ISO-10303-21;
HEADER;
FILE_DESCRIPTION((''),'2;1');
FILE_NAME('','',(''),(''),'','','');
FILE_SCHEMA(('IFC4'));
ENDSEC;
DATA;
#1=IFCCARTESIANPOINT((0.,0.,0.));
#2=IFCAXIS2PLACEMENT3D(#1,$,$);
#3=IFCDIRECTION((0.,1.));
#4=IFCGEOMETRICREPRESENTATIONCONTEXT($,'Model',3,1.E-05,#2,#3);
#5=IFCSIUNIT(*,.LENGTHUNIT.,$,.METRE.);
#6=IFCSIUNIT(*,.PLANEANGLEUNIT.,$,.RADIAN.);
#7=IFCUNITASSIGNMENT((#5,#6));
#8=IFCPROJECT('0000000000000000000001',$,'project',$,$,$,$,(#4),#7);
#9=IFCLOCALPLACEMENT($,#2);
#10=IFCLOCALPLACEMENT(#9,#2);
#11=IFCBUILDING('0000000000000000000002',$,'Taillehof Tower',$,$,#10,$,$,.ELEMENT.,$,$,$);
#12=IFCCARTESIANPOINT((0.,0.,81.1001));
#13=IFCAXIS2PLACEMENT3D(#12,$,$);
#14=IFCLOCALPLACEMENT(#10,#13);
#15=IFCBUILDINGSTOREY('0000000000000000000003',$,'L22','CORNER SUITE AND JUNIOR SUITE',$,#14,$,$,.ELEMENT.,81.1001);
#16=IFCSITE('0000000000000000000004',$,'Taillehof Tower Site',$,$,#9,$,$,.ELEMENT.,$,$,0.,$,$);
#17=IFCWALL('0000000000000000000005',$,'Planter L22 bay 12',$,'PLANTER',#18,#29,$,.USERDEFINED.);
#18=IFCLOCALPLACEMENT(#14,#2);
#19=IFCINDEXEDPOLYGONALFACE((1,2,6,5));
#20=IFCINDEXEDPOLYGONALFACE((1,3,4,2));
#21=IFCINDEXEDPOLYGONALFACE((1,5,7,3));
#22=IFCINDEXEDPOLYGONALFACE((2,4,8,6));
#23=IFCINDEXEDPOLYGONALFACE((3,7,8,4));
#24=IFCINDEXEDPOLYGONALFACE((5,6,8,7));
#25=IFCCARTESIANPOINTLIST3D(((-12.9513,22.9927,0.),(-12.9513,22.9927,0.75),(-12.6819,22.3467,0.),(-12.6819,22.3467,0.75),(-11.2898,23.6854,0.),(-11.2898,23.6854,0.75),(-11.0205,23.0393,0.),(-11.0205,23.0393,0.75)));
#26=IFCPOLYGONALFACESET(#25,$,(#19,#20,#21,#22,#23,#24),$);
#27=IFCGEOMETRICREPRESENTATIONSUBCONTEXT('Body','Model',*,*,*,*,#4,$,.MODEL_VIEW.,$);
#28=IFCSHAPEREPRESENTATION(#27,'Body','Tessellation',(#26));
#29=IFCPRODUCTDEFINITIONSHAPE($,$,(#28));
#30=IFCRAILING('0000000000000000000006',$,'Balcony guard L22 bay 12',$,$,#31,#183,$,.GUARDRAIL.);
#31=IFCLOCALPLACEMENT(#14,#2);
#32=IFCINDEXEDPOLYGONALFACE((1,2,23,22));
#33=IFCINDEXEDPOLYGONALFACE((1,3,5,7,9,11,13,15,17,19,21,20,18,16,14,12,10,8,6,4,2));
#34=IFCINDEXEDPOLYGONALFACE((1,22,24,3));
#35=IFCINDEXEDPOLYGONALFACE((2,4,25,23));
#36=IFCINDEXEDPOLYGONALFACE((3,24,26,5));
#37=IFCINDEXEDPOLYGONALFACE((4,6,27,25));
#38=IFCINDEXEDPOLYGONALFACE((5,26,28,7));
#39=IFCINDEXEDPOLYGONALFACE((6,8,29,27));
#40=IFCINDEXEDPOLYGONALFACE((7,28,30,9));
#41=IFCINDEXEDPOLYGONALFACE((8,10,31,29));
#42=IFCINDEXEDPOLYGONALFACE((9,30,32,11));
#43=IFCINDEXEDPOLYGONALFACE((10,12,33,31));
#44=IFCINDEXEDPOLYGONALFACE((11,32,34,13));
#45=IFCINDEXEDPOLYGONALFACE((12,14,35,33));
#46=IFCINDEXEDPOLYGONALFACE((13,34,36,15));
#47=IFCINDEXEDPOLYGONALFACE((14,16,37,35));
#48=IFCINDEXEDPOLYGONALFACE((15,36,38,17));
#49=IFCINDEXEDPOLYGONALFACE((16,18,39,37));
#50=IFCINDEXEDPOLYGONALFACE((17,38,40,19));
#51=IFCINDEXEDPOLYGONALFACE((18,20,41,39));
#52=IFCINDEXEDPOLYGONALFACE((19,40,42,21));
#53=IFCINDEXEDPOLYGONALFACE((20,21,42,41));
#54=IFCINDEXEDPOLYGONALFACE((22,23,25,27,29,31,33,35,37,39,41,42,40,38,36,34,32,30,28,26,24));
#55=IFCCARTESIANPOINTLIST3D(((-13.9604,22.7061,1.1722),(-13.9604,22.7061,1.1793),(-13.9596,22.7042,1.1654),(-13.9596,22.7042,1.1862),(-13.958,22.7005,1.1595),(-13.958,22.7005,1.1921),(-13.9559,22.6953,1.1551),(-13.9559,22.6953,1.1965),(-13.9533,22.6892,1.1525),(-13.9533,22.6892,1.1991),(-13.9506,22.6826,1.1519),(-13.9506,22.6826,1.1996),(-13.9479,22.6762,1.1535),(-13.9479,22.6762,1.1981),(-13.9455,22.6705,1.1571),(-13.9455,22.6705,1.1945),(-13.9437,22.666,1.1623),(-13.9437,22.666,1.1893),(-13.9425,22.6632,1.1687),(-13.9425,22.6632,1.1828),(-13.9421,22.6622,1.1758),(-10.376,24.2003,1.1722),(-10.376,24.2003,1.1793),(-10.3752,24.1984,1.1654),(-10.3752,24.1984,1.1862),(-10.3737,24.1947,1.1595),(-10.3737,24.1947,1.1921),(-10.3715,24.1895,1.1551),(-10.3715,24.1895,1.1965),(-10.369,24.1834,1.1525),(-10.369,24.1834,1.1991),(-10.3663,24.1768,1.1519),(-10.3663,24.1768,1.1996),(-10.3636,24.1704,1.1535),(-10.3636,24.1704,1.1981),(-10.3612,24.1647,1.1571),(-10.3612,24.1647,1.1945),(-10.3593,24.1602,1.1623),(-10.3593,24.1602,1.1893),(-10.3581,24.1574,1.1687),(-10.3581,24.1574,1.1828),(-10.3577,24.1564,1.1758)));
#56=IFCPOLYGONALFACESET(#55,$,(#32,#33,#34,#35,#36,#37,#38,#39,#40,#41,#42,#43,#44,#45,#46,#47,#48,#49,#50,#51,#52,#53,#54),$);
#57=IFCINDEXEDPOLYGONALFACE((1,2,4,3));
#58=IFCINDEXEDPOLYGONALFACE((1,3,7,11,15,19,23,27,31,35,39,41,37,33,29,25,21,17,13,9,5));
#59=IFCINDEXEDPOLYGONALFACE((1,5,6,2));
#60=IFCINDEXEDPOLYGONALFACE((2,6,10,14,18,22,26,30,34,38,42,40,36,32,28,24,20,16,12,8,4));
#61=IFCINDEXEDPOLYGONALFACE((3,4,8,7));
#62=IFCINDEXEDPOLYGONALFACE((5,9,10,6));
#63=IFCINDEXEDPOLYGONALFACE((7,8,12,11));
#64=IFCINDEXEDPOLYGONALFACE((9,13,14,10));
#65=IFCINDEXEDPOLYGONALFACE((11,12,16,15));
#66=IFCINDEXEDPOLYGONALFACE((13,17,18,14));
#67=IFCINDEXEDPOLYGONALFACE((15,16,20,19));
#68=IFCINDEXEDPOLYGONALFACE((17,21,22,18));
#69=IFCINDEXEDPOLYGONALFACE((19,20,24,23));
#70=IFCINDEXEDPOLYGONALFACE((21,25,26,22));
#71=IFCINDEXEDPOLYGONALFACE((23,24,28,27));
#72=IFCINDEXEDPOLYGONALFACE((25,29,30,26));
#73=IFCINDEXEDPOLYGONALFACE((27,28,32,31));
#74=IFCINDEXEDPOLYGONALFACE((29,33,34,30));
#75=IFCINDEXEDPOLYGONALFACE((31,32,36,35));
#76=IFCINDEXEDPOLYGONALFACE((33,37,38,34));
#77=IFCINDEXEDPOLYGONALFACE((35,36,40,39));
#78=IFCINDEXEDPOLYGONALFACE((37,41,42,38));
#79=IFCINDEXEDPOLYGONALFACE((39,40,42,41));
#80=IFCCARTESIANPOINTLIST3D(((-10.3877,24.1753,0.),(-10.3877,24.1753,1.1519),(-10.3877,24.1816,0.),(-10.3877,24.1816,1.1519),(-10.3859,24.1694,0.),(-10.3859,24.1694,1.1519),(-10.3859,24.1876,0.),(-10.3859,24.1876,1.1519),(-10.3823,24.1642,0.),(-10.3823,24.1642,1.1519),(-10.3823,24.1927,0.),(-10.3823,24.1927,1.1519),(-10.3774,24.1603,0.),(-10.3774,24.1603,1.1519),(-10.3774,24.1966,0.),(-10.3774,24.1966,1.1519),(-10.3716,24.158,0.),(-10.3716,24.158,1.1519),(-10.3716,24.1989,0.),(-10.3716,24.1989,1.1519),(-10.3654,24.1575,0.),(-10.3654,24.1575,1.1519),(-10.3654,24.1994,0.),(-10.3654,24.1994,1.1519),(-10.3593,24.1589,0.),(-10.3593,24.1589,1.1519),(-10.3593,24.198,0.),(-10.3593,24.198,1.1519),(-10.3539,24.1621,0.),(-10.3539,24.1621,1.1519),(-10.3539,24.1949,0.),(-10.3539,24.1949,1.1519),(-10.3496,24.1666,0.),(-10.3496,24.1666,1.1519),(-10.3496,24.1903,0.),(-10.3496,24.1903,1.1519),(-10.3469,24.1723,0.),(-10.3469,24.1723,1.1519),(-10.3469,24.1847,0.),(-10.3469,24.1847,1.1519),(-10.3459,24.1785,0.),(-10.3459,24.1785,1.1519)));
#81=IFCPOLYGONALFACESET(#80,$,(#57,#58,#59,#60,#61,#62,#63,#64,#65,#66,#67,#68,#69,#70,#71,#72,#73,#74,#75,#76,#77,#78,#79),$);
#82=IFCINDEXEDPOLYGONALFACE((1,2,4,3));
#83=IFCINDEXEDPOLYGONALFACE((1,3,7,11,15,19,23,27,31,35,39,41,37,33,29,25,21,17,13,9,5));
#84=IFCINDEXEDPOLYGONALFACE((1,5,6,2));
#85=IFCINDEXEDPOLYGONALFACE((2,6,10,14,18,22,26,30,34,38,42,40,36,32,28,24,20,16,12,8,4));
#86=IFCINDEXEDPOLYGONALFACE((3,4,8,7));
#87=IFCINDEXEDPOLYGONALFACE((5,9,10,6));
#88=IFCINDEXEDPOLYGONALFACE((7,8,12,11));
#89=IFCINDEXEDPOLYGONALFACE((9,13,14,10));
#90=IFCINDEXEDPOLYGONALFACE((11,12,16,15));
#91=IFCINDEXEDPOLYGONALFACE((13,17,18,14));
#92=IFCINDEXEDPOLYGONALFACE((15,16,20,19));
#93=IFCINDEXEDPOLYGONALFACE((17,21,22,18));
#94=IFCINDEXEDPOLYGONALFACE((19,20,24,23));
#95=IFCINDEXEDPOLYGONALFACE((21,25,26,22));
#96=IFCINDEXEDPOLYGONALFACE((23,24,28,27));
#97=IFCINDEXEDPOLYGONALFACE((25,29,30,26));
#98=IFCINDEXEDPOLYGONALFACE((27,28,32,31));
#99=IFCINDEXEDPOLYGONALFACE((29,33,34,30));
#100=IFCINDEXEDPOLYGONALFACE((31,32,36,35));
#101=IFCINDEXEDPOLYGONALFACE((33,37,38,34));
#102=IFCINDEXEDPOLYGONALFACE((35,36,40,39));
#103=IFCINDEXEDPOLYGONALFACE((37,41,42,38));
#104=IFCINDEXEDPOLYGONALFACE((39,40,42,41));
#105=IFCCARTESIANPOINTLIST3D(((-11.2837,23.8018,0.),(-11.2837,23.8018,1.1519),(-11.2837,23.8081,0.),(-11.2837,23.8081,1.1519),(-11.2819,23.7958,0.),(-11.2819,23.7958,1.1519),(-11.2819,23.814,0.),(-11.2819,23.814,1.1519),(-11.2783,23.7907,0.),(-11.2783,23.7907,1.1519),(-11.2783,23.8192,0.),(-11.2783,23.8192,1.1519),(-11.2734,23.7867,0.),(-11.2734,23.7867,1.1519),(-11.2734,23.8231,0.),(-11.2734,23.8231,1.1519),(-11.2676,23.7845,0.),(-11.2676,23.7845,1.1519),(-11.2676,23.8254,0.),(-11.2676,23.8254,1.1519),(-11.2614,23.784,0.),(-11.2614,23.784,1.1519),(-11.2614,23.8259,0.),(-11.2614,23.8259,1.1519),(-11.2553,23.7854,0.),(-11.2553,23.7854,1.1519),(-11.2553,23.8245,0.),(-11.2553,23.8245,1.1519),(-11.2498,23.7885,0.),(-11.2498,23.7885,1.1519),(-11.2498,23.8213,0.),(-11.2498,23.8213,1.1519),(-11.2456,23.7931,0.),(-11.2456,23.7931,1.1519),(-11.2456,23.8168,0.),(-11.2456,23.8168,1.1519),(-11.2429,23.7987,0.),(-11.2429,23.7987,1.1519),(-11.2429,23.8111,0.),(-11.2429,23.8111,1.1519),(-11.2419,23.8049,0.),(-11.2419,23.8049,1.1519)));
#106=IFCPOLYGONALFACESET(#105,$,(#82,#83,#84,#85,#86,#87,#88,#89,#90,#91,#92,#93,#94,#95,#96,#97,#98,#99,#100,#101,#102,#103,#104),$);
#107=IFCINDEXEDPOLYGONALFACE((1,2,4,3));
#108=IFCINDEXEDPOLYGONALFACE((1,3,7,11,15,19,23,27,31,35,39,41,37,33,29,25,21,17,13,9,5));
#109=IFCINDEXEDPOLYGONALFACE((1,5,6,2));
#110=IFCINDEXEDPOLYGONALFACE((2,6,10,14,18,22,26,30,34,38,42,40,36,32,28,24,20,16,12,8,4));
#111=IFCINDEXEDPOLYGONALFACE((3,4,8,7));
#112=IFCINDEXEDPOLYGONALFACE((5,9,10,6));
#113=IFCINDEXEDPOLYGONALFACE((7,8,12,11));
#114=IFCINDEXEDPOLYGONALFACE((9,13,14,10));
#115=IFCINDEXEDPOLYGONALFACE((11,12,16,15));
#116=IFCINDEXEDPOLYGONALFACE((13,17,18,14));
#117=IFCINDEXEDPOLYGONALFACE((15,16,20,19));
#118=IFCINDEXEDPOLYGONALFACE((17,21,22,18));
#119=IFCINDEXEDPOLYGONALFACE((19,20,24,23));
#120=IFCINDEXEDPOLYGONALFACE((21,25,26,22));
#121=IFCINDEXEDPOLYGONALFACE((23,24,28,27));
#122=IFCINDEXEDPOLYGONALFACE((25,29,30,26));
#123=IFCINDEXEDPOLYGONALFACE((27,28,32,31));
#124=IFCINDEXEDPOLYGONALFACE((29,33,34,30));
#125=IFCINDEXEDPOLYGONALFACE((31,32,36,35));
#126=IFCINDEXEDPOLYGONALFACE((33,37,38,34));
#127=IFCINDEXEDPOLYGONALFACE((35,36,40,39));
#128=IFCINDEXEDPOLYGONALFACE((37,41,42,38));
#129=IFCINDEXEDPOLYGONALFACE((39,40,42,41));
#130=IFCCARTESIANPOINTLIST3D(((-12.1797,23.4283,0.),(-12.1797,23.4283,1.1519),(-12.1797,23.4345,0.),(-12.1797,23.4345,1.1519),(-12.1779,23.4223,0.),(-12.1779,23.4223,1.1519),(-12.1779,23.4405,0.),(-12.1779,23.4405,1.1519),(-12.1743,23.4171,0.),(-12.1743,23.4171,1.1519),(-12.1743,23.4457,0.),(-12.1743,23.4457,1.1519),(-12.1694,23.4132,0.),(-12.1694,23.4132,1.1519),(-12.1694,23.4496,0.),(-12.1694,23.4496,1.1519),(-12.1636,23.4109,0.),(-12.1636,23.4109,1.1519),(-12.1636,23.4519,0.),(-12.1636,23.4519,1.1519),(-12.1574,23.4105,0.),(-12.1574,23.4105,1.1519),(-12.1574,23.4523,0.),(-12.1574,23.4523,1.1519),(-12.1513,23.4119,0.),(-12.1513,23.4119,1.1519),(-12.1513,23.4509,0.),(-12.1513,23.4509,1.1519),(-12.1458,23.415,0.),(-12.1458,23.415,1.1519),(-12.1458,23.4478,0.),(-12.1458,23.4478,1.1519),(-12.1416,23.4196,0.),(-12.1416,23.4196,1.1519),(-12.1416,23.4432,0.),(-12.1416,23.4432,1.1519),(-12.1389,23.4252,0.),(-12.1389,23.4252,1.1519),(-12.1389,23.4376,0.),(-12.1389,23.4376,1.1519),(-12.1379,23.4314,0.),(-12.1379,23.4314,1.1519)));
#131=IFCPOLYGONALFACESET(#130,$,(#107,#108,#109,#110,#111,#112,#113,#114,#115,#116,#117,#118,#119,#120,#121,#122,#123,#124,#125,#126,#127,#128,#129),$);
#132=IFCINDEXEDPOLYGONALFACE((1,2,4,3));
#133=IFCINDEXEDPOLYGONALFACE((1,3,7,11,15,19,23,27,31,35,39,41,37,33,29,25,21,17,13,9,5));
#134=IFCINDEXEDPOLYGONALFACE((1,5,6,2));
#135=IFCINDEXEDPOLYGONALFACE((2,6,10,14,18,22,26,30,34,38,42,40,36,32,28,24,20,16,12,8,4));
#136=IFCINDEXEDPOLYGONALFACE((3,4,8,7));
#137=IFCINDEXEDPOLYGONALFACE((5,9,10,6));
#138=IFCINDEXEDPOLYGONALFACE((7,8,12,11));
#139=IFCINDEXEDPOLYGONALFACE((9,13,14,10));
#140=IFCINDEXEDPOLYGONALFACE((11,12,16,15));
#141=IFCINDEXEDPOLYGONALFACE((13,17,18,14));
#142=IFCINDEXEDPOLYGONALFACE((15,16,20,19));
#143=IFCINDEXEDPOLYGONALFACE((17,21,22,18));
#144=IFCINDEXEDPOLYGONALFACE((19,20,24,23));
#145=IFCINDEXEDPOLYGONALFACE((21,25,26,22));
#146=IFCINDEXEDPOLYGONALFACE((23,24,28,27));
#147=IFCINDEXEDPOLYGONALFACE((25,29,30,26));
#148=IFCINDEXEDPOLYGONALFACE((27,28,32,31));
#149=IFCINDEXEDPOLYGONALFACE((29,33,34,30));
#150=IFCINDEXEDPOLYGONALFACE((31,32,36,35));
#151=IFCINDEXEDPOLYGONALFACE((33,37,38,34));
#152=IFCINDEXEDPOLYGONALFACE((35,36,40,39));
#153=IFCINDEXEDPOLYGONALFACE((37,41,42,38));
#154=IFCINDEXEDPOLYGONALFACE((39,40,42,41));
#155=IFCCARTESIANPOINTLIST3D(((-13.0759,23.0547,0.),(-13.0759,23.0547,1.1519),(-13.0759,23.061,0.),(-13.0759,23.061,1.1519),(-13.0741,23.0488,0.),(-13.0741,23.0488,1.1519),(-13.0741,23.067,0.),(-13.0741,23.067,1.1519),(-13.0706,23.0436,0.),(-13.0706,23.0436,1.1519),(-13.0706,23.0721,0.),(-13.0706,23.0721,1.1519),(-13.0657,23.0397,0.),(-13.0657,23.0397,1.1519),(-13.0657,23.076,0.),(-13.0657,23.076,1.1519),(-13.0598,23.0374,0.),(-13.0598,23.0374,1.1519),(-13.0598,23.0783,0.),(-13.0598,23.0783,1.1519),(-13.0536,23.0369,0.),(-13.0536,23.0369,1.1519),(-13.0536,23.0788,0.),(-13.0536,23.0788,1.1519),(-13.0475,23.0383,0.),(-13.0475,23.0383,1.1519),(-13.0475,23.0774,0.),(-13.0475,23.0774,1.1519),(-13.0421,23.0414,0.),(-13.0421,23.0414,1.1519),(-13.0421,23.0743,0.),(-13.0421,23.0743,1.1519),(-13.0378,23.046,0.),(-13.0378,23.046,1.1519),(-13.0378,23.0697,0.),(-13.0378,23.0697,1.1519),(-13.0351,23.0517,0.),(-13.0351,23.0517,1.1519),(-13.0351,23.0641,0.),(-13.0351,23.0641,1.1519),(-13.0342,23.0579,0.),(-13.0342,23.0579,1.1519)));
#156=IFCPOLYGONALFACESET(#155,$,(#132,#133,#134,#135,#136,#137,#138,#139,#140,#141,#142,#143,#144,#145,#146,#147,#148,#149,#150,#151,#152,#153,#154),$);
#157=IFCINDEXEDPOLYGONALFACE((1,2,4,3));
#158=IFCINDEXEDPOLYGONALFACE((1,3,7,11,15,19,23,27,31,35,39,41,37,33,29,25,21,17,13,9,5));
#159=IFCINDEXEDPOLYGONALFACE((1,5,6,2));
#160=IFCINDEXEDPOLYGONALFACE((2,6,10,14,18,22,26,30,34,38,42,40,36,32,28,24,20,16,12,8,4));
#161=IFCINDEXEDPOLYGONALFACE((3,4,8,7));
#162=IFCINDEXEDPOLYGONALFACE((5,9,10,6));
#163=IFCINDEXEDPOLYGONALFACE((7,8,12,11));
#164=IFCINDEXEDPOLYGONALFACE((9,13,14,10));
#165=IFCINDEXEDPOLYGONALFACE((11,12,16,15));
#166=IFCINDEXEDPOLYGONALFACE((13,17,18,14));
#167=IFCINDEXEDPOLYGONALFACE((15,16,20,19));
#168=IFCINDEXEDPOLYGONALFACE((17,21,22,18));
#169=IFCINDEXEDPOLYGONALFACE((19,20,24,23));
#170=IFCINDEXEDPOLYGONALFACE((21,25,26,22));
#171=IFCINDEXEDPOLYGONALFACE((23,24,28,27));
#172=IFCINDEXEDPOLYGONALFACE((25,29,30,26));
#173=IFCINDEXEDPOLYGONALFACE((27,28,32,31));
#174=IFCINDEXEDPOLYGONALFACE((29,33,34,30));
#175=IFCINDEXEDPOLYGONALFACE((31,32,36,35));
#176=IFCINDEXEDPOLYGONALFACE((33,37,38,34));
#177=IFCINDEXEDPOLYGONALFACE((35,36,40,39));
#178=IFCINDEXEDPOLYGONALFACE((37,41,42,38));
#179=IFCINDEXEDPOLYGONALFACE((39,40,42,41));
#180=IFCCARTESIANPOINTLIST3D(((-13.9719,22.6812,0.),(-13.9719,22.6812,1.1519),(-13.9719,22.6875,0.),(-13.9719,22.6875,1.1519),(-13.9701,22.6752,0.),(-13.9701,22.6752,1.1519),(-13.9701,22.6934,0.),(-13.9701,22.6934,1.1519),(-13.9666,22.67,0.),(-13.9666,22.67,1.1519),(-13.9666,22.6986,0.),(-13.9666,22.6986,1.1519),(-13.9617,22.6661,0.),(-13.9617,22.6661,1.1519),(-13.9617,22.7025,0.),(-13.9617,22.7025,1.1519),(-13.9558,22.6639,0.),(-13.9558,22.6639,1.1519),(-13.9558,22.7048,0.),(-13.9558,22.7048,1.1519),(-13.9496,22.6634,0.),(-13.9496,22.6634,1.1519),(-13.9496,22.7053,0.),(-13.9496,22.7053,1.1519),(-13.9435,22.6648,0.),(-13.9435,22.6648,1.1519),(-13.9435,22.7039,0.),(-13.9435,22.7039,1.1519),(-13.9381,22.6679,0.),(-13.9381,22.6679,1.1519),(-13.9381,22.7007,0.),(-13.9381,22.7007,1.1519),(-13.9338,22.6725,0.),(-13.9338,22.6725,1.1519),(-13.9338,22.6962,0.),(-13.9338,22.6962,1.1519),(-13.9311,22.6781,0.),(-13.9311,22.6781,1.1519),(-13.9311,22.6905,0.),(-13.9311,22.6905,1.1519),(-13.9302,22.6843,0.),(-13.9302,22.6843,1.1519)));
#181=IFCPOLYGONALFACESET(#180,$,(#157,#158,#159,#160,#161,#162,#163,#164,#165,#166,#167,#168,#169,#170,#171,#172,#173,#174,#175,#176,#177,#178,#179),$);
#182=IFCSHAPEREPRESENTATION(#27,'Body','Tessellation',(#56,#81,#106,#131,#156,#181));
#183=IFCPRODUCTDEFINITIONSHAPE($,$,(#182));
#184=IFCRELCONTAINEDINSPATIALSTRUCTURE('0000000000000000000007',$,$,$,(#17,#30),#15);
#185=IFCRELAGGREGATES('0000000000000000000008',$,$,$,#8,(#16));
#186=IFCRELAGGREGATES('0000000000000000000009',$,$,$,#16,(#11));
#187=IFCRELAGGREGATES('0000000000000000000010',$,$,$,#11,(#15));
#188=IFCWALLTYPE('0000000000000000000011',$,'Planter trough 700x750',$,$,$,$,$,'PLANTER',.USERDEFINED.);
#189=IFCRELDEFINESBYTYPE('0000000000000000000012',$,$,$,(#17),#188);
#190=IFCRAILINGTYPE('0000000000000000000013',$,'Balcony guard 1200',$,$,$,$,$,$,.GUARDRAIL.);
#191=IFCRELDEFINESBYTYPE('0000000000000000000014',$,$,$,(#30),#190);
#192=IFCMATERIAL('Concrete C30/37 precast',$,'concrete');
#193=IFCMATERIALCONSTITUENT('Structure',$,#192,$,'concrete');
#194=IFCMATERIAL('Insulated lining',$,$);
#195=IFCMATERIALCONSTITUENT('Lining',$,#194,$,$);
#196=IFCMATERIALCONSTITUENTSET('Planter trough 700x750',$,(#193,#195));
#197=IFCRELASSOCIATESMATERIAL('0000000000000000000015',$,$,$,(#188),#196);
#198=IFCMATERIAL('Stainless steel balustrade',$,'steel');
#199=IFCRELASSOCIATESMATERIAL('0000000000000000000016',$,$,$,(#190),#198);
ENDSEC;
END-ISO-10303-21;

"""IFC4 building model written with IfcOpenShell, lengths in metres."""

from ifc_helpers import new_model, si_unit, direction, frame, frame_2d, origin, origin_2d, place, context, subcontext, project, spatial, rectangle, circle, extrude, material, constituent, constituent_set, type_object, element, save


model = new_model("IFC4")

# Units and contexts
model_context = context("Model", 3, precision=1e-05, world=origin(), true_north=direction((0.0, 1.0)))
body_context = subcontext(model_context, "Body", "Model", "MODEL_VIEW")
ifc_project = project(units=[si_unit("LENGTHUNIT", "METRE"), si_unit("PLANEANGLEUNIT", "RADIAN")], contexts=[model_context])

# Site, building, storey
site_placement = place(None, origin())
site = spatial("IfcSite", under=ifc_project, at=site_placement, Name="Taillehof Tower Site", CompositionType="ELEMENT", RefElevation=0.0)
building_placement = place(site_placement, origin())
building = spatial("IfcBuilding", under=site, at=building_placement, Name="Taillehof Tower", CompositionType="ELEMENT")
storey_placement = place(building_placement, frame((0.0, 0.0, 81.1001)))
storey = spatial("IfcBuildingStorey", under=building, at=storey_placement, Name="L22", Description="CORNER SUITE AND JUNIOR SUITE", CompositionType="ELEMENT", Elevation=81.1001)

# Wall
ifc_material_1 = material(Name="Concrete C30/37 precast", Category="concrete")
ifc_constituent_1 = constituent(ifc_material_1, Name="Structure", Category="concrete")
ifc_material_2 = material(Name="Insulated lining")
ifc_constituent_2 = constituent(ifc_material_2, Name="Lining")
ifc_constituent_set = constituent_set(constituents=[ifc_constituent_1, ifc_constituent_2], Name="Planter trough 700x750")
wall_type_1 = type_object("IfcWallType", Name="Planter trough 700x750", ElementType="PLANTER", PredefinedType="USERDEFINED", material=ifc_constituent_set)
wall_1_placement = place(storey_placement, frame((-11.1553, 23.3623, 0.0), z_axis=(0.0, 0.0, 1.0), x_axis=(-0.923001, -0.384798, 0.0)))
element("IfcWall", 1, at=wall_1_placement, inside=storey, type_object=wall_type_1, Name="Planter L22 bay 12", ObjectType="PLANTER", PredefinedType="USERDEFINED", context=body_context, shape_type="SweptSolid", body=[
    extrude(rectangle(XDim=1.8, YDim=0.7, at=frame_2d((0.8999, 0.0))), origin(), (0.0, 0.0, 1.0), 0.75),
])

# Railing
ifc_material_3 = material(Name="Stainless steel balustrade", Category="steel")
railing_type = type_object("IfcRailingType", Name="Balcony guard 1200", PredefinedType="GUARDRAIL", material=ifc_material_3)
railing_placement = place(storey_placement, frame((-10.3669, 24.1785, 0.0)))
element("IfcRailing", 2, at=railing_placement, inside=storey, type_object=railing_type, Name="Balcony guard L22 bay 12", PredefinedType="GUARDRAIL", context=body_context, shape_type="SweptSolid", body=[
    extrude(circle(Radius=0.0239, at=origin_2d()), frame((0.0, 0.0, 1.1758), z_axis=(-0.923012, -0.384772, 0.0), x_axis=(0.384772, -0.923012, 0.0)), (0.0, 0.0, 1.0), 3.8833),
    extrude(circle(Radius=0.021, at=origin_2d()), origin(), (0.0, 0.0, 1.0), 1.1519),
    extrude(circle(Radius=0.021, at=origin_2d()), frame((-0.896, -0.3735, 0.0)), (0.0, 0.0, 1.0), 1.1519),
    extrude(circle(Radius=0.021, at=origin_2d()), frame((-1.792, -0.7471, 0.0)), (0.0, 0.0, 1.0), 1.1519),
    extrude(circle(Radius=0.021, at=origin_2d()), frame((-2.6882, -1.1206, 0.0)), (0.0, 0.0, 1.0), 1.1519),
    extrude(circle(Radius=0.021, at=origin_2d()), frame((-3.5842, -1.4941, 0.0)), (0.0, 0.0, 1.0), 1.1519),
])

save(model, "model.ifc")
